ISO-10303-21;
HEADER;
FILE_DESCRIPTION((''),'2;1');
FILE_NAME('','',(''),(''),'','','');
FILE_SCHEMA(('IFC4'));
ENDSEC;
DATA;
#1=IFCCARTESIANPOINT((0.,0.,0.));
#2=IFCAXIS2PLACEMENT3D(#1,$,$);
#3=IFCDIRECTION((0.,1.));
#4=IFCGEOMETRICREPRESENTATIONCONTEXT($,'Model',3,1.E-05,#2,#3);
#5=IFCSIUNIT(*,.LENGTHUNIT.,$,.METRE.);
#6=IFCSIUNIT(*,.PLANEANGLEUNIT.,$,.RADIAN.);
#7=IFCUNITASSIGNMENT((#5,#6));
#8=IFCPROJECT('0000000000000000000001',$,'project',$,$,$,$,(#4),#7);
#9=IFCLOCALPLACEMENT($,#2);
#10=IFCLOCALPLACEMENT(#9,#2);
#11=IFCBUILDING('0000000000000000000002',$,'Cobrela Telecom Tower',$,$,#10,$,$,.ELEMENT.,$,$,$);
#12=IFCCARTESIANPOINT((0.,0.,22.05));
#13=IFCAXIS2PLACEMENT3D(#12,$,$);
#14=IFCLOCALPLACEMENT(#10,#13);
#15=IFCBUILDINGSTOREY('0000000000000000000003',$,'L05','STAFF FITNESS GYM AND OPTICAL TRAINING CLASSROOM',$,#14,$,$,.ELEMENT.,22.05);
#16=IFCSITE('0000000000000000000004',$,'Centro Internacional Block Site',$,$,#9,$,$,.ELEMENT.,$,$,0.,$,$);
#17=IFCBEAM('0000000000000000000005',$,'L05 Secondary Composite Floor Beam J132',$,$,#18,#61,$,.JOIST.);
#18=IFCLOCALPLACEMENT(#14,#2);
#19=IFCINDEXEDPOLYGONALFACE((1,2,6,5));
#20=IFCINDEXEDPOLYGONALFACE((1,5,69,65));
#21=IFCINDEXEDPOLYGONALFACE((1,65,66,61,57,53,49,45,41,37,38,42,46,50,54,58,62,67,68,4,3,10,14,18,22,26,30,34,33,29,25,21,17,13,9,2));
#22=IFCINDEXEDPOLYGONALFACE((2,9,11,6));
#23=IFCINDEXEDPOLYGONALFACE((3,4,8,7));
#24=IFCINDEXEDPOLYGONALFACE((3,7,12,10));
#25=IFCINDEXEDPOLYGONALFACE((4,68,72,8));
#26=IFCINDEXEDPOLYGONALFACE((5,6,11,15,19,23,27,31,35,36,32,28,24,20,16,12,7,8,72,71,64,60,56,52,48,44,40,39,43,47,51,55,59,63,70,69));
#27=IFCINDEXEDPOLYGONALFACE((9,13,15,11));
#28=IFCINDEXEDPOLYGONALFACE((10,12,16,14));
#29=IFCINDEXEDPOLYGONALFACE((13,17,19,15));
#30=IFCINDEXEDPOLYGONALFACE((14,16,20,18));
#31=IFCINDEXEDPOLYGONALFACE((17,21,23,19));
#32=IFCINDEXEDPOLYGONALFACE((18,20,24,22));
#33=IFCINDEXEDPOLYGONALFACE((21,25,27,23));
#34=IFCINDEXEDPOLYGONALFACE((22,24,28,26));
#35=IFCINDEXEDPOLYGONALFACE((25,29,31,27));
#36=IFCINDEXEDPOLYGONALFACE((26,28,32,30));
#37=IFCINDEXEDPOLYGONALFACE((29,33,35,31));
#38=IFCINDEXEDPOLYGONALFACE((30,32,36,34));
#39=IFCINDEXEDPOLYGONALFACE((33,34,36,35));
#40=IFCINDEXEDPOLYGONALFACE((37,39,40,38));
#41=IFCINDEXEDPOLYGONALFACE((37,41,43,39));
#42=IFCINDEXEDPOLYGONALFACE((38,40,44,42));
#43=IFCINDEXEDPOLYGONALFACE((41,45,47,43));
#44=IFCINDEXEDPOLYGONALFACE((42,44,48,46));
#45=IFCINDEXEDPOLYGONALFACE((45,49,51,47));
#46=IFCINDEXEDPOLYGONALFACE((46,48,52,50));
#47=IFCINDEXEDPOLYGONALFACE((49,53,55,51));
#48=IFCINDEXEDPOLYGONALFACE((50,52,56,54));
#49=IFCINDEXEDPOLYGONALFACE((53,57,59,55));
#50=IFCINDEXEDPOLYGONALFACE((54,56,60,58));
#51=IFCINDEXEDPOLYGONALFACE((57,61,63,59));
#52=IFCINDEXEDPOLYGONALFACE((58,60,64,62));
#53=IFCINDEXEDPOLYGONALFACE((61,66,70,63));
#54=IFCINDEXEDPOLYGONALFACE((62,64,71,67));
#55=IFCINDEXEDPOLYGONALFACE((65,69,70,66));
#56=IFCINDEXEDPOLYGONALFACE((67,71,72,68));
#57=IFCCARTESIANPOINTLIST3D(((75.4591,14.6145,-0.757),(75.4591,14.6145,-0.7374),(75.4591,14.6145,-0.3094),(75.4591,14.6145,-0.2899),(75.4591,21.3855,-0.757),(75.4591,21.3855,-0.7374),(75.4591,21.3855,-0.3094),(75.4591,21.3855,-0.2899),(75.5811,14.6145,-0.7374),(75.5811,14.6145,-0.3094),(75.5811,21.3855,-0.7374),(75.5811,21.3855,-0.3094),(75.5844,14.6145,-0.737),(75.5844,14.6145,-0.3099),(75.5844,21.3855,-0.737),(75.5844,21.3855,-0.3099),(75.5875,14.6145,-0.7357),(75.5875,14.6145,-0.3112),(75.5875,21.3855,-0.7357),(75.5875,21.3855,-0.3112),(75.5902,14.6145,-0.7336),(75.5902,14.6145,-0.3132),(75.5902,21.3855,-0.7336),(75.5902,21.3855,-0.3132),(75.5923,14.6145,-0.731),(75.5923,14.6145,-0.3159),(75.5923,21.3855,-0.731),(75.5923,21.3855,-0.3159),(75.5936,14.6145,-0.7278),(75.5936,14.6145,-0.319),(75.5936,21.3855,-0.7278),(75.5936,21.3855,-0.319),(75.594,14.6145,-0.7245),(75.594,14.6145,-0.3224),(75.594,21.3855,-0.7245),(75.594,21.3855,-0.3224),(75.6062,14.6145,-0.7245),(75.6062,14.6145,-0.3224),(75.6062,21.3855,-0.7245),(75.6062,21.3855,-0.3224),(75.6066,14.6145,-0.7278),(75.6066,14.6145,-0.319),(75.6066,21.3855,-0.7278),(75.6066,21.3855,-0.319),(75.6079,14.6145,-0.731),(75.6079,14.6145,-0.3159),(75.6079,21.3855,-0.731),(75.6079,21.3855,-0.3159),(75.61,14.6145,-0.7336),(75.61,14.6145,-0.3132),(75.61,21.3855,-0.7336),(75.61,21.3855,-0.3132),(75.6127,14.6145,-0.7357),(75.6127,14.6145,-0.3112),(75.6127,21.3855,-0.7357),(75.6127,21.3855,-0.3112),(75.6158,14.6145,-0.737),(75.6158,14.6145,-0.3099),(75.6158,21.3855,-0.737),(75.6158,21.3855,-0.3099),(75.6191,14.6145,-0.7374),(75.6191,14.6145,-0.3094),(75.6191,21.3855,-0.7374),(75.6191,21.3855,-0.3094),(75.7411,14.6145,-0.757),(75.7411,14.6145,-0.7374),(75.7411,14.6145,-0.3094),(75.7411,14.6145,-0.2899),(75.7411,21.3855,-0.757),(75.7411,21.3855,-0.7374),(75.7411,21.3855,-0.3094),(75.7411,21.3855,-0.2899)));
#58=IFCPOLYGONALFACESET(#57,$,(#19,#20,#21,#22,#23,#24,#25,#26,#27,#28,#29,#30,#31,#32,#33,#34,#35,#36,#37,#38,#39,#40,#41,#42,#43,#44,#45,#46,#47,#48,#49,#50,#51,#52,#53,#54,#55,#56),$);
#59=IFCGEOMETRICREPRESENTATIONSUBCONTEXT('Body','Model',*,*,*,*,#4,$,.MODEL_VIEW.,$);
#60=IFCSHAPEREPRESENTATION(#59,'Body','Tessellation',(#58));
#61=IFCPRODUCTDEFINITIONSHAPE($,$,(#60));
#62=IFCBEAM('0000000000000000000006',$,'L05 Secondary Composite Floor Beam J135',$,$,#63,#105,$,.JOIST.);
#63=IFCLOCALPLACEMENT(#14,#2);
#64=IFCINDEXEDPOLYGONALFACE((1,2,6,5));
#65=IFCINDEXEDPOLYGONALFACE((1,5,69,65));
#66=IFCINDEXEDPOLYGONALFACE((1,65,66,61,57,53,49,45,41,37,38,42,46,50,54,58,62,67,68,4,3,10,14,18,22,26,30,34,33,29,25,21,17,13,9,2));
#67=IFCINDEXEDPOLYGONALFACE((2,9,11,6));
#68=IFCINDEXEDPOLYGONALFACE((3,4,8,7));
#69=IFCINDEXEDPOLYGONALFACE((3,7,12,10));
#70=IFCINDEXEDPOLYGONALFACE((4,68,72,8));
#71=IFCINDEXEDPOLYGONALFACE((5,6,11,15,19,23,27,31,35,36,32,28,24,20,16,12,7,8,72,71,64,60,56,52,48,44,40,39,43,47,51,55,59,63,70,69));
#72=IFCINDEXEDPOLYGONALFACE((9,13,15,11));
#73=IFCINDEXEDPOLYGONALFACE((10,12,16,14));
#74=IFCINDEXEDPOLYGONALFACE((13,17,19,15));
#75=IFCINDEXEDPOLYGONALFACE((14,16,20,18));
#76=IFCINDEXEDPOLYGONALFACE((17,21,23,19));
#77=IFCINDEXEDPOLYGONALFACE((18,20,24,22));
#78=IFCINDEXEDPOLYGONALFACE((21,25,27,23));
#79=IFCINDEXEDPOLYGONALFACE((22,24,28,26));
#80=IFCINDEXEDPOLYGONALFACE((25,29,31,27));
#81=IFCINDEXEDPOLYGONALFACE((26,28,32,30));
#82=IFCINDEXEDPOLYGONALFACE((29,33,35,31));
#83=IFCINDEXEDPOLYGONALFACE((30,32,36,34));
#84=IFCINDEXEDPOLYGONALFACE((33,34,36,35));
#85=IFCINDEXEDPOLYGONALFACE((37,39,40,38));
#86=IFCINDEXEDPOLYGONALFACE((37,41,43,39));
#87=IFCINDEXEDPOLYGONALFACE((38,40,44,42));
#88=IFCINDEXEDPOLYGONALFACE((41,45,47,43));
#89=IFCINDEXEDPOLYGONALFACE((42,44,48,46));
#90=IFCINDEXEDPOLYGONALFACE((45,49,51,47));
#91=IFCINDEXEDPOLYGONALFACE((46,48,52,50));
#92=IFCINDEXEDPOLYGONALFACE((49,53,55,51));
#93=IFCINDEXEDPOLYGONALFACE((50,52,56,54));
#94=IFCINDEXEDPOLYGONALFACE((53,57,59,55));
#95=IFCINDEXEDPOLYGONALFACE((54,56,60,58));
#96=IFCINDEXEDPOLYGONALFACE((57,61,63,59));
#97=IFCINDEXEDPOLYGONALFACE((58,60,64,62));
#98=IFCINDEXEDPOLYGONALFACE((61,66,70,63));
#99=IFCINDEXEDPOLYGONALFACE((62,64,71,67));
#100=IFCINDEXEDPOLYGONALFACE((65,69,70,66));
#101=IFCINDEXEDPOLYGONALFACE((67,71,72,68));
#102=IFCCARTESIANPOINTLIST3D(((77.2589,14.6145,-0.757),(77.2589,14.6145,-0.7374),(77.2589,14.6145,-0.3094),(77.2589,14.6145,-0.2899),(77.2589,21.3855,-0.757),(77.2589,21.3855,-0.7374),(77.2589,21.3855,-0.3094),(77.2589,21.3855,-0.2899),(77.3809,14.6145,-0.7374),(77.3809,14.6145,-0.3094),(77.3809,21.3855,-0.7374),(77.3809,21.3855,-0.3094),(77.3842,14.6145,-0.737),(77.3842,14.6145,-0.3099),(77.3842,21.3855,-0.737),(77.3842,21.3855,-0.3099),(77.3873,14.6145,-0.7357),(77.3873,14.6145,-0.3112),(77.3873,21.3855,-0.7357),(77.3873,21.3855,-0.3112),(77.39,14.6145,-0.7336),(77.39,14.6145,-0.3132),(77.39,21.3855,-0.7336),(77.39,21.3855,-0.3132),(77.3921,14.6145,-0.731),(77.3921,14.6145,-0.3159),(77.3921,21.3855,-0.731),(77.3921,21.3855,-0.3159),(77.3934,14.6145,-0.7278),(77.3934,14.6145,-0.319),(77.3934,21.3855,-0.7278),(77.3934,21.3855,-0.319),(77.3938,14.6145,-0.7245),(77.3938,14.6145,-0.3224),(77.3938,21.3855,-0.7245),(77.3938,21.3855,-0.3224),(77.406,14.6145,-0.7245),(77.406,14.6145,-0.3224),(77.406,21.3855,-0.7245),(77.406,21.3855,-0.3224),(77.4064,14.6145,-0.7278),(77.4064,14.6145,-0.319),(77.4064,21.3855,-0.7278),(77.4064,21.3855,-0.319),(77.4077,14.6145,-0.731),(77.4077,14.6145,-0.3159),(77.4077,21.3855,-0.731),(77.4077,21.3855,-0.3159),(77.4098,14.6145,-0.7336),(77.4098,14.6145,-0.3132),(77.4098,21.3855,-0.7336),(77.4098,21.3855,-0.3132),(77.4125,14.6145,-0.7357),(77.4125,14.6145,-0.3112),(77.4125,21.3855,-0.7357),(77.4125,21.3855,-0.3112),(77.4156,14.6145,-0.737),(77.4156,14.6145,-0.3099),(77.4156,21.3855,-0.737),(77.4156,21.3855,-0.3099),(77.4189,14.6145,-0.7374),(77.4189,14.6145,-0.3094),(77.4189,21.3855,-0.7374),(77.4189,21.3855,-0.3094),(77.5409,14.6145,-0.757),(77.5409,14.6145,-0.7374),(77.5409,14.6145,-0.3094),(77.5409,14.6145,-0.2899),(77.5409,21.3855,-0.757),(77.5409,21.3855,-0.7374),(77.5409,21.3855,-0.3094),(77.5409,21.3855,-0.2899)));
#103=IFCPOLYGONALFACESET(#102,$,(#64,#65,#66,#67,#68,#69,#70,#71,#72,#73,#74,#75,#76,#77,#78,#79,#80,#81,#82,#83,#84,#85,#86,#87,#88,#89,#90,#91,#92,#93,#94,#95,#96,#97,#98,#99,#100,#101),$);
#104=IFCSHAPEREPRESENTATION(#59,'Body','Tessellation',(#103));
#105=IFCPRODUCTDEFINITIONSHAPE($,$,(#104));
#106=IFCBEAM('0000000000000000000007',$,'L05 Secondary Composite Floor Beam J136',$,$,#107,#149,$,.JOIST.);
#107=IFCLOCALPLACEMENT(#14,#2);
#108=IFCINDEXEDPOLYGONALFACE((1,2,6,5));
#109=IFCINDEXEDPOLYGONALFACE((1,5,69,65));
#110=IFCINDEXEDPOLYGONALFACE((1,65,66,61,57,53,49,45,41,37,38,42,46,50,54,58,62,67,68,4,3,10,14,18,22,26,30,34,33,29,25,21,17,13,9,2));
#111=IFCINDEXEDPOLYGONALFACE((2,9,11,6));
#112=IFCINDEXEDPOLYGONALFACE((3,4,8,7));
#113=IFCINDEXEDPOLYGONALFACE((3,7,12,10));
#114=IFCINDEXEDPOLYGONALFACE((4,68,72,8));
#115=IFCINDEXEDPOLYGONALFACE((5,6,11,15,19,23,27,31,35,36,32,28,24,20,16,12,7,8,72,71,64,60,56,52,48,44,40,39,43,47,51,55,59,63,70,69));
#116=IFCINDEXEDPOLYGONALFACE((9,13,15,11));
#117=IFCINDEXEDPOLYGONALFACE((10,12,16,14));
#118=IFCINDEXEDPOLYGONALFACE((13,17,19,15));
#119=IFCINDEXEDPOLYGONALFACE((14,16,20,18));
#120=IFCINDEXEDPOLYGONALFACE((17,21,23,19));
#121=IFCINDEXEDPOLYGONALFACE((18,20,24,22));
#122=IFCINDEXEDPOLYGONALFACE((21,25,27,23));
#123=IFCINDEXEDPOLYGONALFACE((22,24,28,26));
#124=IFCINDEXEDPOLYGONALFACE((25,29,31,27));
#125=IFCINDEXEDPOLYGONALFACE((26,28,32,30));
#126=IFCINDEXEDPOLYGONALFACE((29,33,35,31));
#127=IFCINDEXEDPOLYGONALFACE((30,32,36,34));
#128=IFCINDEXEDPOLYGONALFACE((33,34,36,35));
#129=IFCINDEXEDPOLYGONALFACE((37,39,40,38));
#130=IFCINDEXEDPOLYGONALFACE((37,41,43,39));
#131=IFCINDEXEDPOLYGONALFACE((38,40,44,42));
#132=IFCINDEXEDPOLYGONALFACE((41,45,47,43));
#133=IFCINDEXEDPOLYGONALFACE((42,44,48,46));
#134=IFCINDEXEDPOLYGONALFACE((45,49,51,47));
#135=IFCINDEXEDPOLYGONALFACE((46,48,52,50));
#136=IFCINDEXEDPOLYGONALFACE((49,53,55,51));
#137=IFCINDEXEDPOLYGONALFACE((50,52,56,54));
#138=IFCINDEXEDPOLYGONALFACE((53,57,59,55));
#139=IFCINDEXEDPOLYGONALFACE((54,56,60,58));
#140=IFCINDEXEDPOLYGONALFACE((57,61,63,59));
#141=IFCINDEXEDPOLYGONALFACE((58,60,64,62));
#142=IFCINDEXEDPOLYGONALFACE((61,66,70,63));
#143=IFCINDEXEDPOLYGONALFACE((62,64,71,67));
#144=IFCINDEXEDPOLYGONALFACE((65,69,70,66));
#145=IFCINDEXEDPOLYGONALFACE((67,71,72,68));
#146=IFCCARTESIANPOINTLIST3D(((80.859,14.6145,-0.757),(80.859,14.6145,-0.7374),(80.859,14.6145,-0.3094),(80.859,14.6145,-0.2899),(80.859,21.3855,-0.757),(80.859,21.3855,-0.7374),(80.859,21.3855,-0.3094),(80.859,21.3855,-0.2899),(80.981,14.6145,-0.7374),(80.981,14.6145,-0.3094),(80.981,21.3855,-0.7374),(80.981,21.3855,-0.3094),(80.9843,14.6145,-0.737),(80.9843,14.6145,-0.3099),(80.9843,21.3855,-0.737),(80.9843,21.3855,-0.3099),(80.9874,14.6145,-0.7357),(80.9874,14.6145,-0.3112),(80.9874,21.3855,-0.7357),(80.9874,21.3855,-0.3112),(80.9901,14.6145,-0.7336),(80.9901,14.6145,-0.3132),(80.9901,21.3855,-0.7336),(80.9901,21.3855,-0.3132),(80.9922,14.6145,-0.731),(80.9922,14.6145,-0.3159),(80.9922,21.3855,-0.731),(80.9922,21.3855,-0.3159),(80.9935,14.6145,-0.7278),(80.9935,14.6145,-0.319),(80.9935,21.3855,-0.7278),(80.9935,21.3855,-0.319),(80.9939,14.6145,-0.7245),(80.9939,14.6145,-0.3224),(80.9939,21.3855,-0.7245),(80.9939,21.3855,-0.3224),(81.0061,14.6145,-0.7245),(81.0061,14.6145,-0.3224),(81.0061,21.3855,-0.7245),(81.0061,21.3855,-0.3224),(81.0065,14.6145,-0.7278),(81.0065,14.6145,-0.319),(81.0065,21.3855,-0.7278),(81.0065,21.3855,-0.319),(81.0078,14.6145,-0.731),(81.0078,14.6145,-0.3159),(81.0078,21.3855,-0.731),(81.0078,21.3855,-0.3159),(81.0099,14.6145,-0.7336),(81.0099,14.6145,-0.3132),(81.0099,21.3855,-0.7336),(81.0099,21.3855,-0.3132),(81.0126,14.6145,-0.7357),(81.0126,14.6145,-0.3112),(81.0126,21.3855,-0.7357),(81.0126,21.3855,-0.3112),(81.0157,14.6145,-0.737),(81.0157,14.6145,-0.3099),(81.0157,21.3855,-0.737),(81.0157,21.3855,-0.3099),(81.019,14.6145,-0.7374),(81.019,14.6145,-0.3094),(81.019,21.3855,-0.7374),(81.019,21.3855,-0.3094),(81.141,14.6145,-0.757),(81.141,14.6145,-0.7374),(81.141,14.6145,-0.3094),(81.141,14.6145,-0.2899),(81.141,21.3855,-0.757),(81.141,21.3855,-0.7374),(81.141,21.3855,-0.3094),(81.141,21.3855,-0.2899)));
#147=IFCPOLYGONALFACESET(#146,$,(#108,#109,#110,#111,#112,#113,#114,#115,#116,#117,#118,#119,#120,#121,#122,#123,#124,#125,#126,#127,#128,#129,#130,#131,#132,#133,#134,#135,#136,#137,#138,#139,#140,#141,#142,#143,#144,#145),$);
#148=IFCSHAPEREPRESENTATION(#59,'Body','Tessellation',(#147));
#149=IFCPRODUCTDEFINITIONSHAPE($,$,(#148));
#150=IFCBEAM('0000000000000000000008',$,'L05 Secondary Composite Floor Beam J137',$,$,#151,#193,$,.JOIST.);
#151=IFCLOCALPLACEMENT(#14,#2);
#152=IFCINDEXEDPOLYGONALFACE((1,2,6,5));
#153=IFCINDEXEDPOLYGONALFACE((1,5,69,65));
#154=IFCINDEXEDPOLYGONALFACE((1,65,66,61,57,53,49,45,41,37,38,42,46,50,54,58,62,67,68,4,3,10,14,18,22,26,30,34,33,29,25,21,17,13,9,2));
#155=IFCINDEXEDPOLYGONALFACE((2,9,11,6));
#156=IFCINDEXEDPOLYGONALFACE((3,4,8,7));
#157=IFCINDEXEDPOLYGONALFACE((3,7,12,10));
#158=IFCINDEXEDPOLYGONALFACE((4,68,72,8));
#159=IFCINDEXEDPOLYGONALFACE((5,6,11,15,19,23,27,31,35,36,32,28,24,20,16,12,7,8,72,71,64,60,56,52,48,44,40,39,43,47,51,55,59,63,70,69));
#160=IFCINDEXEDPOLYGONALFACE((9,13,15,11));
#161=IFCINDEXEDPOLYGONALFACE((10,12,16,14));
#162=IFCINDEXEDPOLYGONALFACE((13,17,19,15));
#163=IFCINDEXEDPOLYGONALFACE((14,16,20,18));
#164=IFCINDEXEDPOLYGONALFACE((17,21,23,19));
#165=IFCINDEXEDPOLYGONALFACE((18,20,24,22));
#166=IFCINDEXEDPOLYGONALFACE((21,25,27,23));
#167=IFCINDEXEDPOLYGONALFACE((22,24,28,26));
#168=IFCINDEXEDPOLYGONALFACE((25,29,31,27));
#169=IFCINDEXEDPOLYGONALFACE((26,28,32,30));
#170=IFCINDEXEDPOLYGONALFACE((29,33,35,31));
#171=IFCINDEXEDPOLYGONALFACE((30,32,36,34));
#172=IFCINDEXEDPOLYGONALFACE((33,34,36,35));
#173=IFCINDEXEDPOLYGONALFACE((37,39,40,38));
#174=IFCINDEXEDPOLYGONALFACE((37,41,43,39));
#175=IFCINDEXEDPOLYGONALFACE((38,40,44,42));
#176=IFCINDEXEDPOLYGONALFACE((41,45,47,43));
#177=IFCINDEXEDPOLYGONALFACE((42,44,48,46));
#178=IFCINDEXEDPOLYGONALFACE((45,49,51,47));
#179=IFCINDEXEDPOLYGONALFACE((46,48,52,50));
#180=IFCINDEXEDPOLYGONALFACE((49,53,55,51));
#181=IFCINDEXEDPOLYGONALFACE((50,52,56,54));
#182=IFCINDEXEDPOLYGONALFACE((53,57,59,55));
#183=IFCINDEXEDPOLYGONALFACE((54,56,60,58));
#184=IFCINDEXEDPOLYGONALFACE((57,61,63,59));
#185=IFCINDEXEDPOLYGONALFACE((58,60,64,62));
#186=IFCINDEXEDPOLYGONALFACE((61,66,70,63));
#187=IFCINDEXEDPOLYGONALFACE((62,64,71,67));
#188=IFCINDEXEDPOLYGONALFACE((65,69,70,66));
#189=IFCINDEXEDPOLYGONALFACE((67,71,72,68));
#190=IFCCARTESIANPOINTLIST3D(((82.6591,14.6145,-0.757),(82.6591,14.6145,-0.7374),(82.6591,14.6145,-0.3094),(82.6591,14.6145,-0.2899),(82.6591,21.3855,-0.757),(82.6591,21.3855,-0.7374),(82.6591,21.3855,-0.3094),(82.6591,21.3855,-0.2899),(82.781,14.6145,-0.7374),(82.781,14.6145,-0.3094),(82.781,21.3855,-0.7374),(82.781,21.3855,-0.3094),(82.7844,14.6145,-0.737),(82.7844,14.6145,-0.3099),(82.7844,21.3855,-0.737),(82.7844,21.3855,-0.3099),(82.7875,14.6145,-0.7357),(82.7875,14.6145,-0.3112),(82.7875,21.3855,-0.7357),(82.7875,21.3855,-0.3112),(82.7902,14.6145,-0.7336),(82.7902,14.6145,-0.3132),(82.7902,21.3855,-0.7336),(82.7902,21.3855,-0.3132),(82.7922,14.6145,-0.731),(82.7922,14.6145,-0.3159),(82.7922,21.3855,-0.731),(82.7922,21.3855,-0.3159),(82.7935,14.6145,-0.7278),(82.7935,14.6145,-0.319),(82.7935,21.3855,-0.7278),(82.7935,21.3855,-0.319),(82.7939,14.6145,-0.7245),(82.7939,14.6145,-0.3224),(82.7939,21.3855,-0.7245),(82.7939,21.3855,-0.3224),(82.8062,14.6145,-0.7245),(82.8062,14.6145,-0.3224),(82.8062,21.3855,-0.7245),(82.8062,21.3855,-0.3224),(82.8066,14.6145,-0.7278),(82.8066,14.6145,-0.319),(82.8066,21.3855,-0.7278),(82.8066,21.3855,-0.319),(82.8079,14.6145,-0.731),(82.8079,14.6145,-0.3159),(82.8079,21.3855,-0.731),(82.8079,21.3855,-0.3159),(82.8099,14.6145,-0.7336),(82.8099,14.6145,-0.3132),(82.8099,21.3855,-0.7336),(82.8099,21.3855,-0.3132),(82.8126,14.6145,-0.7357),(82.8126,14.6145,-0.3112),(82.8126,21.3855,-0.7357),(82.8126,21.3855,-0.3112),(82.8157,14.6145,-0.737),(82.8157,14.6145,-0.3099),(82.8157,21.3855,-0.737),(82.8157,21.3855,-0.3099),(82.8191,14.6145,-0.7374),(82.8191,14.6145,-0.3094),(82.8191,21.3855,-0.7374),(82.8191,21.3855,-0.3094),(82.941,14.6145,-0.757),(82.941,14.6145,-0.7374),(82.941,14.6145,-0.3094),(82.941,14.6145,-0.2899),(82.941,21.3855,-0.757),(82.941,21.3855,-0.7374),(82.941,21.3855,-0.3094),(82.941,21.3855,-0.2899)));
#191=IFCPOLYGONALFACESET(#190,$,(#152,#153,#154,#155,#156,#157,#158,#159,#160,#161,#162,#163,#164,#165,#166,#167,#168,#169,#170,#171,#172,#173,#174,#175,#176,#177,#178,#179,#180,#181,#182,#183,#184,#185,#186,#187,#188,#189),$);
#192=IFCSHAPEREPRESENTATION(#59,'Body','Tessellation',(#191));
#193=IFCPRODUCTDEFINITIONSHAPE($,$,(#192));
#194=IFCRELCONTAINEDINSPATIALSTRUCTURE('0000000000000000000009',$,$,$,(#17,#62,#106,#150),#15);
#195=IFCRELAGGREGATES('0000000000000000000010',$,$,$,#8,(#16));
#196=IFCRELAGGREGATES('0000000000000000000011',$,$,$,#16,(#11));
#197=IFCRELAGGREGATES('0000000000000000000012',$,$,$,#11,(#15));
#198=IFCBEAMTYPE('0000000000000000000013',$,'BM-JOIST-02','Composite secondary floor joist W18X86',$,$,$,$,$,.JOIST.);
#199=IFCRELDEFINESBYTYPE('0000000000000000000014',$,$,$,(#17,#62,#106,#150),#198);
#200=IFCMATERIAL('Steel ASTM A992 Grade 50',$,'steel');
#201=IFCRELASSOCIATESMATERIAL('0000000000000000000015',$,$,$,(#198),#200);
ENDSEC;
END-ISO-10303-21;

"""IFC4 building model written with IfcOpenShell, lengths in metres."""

from ifc_helpers import new_model, si_unit, direction, frame, origin, origin_2d, place, context, subcontext, project, spatial, i_section, extrude, material, material_profile, profile_set, type_object, element, save


model = new_model("IFC4")

# Units and contexts
model_context = context("Model", 3, precision=1e-05, world=origin(), true_north=direction((0.0, 1.0)))
body_context = subcontext(model_context, "Body", "Model", "MODEL_VIEW")
ifc_project = project(units=[si_unit("LENGTHUNIT", "METRE"), si_unit("PLANEANGLEUNIT", "RADIAN")], contexts=[model_context])

# Site, building, storey
site_placement = place(None, origin())
site = spatial("IfcSite", under=ifc_project, at=site_placement, Name="Centro Internacional Block Site", CompositionType="ELEMENT", RefElevation=0.0)
building_placement = place(site_placement, origin())
building = spatial("IfcBuilding", under=site, at=building_placement, Name="Cobrela Telecom Tower", CompositionType="ELEMENT")
storey_placement = place(building_placement, frame((0.0, 0.0, 22.05)))
storey = spatial("IfcBuildingStorey", under=building, at=storey_placement, Name="L05", Description="STAFF FITNESS GYM AND OPTICAL TRAINING CLASSROOM", CompositionType="ELEMENT", Elevation=22.05)

# Beams
ifc_material_1 = material(Name="Steel ASTM A992 Grade 50", Category="steel")
ifc_material_profile_1 = material_profile(ifc_material_1, i_section(OverallWidth=0.282, OverallDepth=0.467, WebThickness=0.0122, FlangeThickness=0.0195, FilletRadius=0.0129, at=origin_2d()), Name="W18X86")
ifc_profile_set_1 = profile_set([ifc_material_profile_1], Name="Steel ASTM A992 Grade 50")
beam_type_1 = type_object("IfcBeamType", Name="BM-JOIST-02", Description="Composite secondary floor joist W18X86", PredefinedType="JOIST", material=ifc_profile_set_1)
for number, where, z_axis, x_axis, name in (
    (1, (75.6001, 14.6145, -0.5234), (0.0, 1.0, 0.0), (-1.0, 0.0, 0.0), "L05 Secondary Composite Floor Beam J132"),
    (2, (77.3999, 14.6145, -0.5234), (0.0, 1.0, 0.0), (-1.0, 0.0, 0.0), "L05 Secondary Composite Floor Beam J135"),
    (3, (81.0, 14.6145, -0.5234), (0.0, 1.0, 0.0), (-1.0, 0.0, 0.0), "L05 Secondary Composite Floor Beam J136"),
    (4, (82.8, 14.6145, -0.5234), (0.0, 1.0, 0.0), (-1.0, 0.0, 0.0), "L05 Secondary Composite Floor Beam J137"),
):
    element("IfcBeam", number, at=place(storey_placement, frame(where, z_axis=z_axis, x_axis=x_axis)), inside=storey, type_object=beam_type_1, Name=name, PredefinedType="JOIST", context=body_context, shape_type="SweptSolid", body=[
        extrude(i_section(OverallWidth=0.282, OverallDepth=0.467, WebThickness=0.0122, FlangeThickness=0.0195, FilletRadius=0.0129, at=origin_2d()), origin(), (0.0, 0.0, 1.0), 6.771),
    ])

save(model, "model.ifc")
